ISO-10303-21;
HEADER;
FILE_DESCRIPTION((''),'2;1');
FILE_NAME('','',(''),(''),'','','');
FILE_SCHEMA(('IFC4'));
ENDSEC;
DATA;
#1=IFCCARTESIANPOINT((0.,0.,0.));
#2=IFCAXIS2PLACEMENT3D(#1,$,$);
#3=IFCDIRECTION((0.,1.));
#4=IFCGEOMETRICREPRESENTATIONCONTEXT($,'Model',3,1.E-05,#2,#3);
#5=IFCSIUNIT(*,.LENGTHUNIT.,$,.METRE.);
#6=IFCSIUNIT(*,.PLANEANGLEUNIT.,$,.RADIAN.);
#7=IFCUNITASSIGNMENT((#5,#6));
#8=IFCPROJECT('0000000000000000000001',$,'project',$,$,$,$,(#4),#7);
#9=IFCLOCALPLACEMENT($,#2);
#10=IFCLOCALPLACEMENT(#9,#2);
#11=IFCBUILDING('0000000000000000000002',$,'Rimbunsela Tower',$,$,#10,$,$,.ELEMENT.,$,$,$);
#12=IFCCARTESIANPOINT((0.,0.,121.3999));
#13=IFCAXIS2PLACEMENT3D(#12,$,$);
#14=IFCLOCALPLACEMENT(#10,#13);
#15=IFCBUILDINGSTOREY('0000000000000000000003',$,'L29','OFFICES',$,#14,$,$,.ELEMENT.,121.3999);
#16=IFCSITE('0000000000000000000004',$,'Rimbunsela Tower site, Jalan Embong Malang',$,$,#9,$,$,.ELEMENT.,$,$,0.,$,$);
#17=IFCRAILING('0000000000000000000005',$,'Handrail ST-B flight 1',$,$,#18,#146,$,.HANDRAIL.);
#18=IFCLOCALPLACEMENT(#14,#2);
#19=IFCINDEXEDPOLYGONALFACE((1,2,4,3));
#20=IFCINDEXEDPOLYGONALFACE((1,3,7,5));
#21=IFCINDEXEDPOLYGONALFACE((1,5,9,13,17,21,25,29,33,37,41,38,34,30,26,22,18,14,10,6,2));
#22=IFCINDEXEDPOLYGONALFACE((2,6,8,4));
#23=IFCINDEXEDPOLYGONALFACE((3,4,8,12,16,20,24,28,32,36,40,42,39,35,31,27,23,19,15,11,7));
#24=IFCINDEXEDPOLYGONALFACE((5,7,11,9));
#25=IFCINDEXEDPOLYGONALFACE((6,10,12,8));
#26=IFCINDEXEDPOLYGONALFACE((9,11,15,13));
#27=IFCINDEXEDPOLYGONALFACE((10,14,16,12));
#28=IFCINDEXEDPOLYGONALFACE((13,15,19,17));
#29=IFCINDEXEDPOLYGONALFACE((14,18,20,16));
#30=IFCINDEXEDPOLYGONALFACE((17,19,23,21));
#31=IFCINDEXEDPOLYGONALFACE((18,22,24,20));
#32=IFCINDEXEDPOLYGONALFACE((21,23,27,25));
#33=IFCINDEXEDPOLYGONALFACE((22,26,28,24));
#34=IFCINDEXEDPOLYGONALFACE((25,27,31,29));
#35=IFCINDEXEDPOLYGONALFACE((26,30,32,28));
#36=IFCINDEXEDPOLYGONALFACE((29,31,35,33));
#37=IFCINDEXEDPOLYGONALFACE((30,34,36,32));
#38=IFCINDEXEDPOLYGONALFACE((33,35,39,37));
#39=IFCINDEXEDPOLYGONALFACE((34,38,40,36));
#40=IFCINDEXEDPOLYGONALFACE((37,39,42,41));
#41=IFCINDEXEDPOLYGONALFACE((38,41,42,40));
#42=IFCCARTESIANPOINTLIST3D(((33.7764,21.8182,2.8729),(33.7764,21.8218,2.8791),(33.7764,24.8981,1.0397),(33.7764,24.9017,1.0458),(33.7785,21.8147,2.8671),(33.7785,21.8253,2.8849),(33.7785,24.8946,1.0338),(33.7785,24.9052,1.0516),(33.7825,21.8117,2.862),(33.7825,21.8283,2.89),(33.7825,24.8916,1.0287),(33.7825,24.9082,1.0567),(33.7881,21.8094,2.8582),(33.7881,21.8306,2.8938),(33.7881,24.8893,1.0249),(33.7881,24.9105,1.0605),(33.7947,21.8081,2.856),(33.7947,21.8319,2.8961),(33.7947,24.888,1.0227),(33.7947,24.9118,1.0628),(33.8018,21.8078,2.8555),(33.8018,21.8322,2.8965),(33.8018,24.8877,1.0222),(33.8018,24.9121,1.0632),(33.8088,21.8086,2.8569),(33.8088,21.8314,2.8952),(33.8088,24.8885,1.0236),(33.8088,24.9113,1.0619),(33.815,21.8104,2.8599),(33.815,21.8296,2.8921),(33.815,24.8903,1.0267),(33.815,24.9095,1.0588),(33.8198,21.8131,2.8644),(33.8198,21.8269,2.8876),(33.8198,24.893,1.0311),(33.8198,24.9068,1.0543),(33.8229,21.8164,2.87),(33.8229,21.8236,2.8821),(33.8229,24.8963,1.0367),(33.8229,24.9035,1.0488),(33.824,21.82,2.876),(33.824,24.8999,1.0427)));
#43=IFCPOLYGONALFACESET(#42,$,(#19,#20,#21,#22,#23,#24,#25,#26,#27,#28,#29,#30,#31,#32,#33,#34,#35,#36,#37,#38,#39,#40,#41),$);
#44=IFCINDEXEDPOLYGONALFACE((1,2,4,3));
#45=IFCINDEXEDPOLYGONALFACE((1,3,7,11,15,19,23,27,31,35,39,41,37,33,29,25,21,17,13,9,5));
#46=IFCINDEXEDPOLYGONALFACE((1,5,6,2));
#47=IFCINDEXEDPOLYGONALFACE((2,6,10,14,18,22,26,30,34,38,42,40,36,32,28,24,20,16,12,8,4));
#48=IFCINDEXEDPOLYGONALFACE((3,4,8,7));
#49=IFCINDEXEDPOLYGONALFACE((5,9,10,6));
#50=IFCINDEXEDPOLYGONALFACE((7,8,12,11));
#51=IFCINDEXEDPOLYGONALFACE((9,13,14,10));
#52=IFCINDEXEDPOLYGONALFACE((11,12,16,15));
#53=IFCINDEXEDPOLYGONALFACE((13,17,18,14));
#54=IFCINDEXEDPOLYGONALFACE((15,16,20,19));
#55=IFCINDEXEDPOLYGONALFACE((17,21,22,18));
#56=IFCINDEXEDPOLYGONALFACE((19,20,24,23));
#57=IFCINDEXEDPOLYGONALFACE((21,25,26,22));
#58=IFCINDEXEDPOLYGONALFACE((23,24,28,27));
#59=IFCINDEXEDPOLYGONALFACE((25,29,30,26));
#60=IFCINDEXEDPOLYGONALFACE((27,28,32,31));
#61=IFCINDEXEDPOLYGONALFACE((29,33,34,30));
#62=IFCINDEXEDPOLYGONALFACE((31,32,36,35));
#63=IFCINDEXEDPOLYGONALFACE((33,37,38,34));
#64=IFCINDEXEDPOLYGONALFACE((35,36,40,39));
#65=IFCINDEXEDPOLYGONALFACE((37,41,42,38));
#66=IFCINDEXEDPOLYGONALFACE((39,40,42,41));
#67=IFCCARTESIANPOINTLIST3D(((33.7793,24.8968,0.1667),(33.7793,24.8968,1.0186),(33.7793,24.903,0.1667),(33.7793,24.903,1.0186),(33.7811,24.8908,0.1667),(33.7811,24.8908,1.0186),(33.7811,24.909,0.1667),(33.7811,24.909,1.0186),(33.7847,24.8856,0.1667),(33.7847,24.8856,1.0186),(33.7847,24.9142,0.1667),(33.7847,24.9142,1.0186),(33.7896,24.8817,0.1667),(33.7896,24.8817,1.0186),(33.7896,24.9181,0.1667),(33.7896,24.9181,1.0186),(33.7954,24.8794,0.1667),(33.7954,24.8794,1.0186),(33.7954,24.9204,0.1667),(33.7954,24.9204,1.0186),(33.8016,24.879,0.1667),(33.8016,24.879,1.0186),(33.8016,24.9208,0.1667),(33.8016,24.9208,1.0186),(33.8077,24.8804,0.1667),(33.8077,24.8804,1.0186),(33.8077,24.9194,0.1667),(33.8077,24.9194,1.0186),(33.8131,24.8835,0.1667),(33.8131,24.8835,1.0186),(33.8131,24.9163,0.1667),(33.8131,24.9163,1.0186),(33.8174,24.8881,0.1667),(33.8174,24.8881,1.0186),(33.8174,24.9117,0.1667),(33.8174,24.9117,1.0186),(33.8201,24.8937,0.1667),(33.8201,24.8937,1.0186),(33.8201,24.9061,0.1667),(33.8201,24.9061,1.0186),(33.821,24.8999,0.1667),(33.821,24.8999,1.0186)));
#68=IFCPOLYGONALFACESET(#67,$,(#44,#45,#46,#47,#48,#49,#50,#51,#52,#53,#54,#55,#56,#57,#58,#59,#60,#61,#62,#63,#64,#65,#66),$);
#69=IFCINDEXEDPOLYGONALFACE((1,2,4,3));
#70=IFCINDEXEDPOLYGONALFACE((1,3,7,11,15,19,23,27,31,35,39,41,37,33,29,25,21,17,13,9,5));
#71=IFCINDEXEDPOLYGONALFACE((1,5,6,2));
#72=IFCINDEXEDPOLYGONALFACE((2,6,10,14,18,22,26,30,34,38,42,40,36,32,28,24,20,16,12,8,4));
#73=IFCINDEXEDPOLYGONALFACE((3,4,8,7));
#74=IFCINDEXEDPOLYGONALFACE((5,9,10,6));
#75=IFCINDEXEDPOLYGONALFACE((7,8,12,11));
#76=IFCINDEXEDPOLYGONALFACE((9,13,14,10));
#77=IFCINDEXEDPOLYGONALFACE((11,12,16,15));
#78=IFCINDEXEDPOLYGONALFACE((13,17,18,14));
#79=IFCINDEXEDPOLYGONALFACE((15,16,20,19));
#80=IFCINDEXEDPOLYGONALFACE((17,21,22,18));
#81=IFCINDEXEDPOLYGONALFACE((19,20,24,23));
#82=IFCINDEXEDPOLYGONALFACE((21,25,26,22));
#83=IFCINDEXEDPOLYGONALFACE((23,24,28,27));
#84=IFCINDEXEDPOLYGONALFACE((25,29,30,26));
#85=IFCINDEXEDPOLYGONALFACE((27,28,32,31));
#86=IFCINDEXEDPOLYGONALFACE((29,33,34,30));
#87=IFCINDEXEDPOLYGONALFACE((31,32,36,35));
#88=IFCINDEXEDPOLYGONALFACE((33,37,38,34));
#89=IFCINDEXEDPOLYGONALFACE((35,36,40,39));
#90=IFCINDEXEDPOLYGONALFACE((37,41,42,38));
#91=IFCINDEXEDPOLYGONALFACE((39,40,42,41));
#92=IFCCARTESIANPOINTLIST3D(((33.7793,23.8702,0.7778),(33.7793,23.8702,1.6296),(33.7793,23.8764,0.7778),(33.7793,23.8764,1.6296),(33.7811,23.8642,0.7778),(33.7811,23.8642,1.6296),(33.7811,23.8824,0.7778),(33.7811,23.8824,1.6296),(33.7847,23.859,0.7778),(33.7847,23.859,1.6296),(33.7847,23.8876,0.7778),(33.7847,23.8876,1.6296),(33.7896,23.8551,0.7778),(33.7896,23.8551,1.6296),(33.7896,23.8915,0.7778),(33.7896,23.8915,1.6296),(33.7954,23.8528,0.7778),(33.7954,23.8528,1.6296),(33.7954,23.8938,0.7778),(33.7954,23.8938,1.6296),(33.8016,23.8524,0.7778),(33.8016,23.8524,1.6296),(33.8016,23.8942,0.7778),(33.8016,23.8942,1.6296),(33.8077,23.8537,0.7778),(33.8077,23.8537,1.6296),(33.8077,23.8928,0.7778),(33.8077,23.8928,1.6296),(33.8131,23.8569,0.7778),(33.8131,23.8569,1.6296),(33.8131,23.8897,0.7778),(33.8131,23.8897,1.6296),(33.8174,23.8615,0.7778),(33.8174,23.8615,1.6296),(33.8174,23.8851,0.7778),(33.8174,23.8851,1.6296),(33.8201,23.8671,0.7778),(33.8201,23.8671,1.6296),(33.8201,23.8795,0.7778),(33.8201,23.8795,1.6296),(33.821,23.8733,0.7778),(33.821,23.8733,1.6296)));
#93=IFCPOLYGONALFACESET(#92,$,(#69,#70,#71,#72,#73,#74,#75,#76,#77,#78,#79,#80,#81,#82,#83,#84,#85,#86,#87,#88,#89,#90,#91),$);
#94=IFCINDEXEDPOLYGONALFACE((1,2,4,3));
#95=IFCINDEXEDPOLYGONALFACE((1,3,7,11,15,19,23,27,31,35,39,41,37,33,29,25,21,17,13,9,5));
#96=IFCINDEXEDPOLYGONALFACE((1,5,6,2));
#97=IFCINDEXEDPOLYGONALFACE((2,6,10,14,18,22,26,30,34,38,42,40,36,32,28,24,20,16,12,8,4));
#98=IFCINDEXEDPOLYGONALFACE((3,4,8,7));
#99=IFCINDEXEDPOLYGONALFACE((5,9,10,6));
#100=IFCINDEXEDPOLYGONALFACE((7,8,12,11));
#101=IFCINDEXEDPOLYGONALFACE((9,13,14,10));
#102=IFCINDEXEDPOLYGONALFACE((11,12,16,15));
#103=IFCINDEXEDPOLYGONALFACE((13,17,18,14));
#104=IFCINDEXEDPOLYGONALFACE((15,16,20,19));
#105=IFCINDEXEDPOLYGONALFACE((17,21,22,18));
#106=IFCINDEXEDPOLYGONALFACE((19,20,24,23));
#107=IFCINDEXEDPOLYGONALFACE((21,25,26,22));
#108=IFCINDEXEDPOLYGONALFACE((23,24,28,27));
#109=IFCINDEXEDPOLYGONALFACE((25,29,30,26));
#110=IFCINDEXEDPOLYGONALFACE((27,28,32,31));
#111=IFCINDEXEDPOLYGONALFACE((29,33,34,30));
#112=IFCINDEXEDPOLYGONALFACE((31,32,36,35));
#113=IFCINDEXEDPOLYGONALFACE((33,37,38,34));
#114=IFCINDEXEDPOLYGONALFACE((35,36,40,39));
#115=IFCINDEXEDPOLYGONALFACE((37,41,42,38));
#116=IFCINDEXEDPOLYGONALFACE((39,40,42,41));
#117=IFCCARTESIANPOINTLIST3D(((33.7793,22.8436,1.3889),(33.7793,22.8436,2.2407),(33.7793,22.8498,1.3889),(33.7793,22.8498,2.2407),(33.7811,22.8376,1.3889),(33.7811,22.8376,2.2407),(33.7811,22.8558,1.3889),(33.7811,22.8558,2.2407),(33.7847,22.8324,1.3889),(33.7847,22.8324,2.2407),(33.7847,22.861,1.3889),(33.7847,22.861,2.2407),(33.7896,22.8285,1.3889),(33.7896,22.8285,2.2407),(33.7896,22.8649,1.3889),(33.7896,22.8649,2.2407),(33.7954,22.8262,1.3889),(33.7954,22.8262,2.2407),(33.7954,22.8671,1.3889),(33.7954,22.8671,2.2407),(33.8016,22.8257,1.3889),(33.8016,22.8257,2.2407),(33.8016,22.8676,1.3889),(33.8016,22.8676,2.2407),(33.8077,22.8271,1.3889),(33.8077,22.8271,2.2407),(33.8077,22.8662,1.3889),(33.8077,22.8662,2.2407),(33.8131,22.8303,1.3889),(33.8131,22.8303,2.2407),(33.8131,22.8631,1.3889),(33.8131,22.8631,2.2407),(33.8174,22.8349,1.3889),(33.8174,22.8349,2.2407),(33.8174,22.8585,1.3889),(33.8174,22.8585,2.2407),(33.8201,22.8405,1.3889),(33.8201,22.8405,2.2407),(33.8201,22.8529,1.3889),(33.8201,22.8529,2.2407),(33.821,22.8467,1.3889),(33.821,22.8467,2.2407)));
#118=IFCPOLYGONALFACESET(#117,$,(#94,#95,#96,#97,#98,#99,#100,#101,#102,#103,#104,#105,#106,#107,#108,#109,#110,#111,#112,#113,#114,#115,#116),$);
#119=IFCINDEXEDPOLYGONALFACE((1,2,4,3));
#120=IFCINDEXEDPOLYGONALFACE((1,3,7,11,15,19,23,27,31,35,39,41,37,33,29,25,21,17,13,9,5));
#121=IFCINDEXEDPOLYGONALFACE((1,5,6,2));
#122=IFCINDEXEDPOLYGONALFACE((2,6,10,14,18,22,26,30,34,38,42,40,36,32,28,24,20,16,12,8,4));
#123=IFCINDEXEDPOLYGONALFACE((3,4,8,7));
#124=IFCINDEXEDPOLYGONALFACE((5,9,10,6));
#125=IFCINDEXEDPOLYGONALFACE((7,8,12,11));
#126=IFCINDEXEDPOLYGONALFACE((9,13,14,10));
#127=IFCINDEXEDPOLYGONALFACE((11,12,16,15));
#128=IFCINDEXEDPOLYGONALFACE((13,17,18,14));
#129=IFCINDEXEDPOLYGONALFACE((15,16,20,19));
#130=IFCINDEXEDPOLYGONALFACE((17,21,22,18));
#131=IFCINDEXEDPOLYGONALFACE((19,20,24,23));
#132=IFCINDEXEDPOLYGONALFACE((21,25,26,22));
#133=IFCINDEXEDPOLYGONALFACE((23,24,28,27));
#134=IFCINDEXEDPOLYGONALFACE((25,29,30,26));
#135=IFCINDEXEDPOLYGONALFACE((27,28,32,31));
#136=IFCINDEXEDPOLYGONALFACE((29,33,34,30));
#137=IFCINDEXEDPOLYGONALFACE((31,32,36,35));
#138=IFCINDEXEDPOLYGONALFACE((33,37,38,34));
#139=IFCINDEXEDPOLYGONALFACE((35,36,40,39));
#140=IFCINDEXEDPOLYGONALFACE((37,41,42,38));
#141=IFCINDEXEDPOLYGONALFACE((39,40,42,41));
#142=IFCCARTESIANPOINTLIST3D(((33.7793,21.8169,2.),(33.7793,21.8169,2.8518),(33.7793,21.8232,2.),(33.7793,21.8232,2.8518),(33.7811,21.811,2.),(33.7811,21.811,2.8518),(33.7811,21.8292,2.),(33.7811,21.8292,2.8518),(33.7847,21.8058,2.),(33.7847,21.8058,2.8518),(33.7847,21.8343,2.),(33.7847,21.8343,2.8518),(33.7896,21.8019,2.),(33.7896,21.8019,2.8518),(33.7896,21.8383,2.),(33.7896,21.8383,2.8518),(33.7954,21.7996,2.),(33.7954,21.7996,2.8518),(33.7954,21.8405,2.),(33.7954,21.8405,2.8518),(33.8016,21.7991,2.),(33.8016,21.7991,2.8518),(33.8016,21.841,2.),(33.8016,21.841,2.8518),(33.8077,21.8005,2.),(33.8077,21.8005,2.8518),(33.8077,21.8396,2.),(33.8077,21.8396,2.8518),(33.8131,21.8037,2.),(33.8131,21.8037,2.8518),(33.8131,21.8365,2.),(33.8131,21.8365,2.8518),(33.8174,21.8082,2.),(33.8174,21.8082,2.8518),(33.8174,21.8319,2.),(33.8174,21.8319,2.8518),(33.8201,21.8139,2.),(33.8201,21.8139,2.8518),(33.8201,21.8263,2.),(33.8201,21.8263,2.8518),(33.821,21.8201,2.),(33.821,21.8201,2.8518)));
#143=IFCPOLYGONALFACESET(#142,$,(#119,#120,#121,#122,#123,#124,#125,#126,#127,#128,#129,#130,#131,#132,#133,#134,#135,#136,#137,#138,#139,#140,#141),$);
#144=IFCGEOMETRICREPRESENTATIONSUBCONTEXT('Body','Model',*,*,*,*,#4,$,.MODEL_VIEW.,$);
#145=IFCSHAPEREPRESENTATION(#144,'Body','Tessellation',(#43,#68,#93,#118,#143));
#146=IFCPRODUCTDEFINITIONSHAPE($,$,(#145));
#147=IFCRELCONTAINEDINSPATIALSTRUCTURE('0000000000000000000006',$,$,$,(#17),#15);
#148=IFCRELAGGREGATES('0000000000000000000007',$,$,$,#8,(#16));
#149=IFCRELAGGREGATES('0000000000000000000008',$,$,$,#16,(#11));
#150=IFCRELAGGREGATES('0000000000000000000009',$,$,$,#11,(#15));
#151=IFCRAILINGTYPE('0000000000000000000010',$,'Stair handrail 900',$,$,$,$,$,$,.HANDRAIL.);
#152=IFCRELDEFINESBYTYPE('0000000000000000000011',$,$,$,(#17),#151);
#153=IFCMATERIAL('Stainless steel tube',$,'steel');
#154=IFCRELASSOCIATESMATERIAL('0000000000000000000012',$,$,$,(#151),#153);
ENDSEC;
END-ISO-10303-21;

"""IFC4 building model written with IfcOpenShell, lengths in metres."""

from ifc_helpers import new_model, si_unit, direction, frame, origin, origin_2d, place, context, subcontext, project, spatial, circle, extrude, material, type_object, element, save


model = new_model("IFC4")

# Units and contexts
model_context = context("Model", 3, precision=1e-05, world=origin(), true_north=direction((0.0, 1.0)))
body_context = subcontext(model_context, "Body", "Model", "MODEL_VIEW")
ifc_project = project(units=[si_unit("LENGTHUNIT", "METRE"), si_unit("PLANEANGLEUNIT", "RADIAN")], contexts=[model_context])

# Site, building, storey
site_placement = place(None, origin())
site = spatial("IfcSite", under=ifc_project, at=site_placement, Name="Rimbunsela Tower site, Jalan Embong Malang", CompositionType="ELEMENT", RefElevation=0.0)
building_placement = place(site_placement, origin())
building = spatial("IfcBuilding", under=site, at=building_placement, Name="Rimbunsela Tower", CompositionType="ELEMENT")
storey_placement = place(building_placement, frame((0.0, 0.0, 121.3999)))
storey = spatial("IfcBuildingStorey", under=building, at=storey_placement, Name="L29", Description="OFFICES", CompositionType="ELEMENT", Elevation=121.3999)

# Railing
ifc_material_1 = material(Name="Stainless steel tube", Category="steel")
railing_type = type_object("IfcRailingType", Name="Stair handrail 900", PredefinedType="HANDRAIL", material=ifc_material_1)
railing_1_placement = place(storey_placement, frame((33.8, 24.8999, 0.1667)))
element("IfcRailing", 1, at=railing_1_placement, inside=storey, type_object=railing_type, Name="Handrail ST-B flight 1", PredefinedType="HANDRAIL", context=body_context, shape_type="SweptSolid", body=[
    extrude(circle(Radius=0.0239, at=origin_2d()), frame((0.0, 0.0, 0.876), z_axis=(0.0, -0.859291, 0.511487), x_axis=(1.0, 0.0, 0.0)), (0.0, 0.0, 1.0), 3.5842),
    extrude(circle(Radius=0.021, at=origin_2d()), origin(), (0.0, 0.0, 1.0), 0.8518),
    extrude(circle(Radius=0.021, at=origin_2d()), frame((0.0, -1.0266, 0.6111)), (0.0, 0.0, 1.0), 0.8518),
    extrude(circle(Radius=0.021, at=origin_2d()), frame((0.0, -2.0532, 1.2222)), (0.0, 0.0, 1.0), 0.8518),
    extrude(circle(Radius=0.021, at=origin_2d()), frame((0.0, -3.0798, 1.8333)), (0.0, 0.0, 1.0), 0.8518),
])

save(model, "model.ifc")
